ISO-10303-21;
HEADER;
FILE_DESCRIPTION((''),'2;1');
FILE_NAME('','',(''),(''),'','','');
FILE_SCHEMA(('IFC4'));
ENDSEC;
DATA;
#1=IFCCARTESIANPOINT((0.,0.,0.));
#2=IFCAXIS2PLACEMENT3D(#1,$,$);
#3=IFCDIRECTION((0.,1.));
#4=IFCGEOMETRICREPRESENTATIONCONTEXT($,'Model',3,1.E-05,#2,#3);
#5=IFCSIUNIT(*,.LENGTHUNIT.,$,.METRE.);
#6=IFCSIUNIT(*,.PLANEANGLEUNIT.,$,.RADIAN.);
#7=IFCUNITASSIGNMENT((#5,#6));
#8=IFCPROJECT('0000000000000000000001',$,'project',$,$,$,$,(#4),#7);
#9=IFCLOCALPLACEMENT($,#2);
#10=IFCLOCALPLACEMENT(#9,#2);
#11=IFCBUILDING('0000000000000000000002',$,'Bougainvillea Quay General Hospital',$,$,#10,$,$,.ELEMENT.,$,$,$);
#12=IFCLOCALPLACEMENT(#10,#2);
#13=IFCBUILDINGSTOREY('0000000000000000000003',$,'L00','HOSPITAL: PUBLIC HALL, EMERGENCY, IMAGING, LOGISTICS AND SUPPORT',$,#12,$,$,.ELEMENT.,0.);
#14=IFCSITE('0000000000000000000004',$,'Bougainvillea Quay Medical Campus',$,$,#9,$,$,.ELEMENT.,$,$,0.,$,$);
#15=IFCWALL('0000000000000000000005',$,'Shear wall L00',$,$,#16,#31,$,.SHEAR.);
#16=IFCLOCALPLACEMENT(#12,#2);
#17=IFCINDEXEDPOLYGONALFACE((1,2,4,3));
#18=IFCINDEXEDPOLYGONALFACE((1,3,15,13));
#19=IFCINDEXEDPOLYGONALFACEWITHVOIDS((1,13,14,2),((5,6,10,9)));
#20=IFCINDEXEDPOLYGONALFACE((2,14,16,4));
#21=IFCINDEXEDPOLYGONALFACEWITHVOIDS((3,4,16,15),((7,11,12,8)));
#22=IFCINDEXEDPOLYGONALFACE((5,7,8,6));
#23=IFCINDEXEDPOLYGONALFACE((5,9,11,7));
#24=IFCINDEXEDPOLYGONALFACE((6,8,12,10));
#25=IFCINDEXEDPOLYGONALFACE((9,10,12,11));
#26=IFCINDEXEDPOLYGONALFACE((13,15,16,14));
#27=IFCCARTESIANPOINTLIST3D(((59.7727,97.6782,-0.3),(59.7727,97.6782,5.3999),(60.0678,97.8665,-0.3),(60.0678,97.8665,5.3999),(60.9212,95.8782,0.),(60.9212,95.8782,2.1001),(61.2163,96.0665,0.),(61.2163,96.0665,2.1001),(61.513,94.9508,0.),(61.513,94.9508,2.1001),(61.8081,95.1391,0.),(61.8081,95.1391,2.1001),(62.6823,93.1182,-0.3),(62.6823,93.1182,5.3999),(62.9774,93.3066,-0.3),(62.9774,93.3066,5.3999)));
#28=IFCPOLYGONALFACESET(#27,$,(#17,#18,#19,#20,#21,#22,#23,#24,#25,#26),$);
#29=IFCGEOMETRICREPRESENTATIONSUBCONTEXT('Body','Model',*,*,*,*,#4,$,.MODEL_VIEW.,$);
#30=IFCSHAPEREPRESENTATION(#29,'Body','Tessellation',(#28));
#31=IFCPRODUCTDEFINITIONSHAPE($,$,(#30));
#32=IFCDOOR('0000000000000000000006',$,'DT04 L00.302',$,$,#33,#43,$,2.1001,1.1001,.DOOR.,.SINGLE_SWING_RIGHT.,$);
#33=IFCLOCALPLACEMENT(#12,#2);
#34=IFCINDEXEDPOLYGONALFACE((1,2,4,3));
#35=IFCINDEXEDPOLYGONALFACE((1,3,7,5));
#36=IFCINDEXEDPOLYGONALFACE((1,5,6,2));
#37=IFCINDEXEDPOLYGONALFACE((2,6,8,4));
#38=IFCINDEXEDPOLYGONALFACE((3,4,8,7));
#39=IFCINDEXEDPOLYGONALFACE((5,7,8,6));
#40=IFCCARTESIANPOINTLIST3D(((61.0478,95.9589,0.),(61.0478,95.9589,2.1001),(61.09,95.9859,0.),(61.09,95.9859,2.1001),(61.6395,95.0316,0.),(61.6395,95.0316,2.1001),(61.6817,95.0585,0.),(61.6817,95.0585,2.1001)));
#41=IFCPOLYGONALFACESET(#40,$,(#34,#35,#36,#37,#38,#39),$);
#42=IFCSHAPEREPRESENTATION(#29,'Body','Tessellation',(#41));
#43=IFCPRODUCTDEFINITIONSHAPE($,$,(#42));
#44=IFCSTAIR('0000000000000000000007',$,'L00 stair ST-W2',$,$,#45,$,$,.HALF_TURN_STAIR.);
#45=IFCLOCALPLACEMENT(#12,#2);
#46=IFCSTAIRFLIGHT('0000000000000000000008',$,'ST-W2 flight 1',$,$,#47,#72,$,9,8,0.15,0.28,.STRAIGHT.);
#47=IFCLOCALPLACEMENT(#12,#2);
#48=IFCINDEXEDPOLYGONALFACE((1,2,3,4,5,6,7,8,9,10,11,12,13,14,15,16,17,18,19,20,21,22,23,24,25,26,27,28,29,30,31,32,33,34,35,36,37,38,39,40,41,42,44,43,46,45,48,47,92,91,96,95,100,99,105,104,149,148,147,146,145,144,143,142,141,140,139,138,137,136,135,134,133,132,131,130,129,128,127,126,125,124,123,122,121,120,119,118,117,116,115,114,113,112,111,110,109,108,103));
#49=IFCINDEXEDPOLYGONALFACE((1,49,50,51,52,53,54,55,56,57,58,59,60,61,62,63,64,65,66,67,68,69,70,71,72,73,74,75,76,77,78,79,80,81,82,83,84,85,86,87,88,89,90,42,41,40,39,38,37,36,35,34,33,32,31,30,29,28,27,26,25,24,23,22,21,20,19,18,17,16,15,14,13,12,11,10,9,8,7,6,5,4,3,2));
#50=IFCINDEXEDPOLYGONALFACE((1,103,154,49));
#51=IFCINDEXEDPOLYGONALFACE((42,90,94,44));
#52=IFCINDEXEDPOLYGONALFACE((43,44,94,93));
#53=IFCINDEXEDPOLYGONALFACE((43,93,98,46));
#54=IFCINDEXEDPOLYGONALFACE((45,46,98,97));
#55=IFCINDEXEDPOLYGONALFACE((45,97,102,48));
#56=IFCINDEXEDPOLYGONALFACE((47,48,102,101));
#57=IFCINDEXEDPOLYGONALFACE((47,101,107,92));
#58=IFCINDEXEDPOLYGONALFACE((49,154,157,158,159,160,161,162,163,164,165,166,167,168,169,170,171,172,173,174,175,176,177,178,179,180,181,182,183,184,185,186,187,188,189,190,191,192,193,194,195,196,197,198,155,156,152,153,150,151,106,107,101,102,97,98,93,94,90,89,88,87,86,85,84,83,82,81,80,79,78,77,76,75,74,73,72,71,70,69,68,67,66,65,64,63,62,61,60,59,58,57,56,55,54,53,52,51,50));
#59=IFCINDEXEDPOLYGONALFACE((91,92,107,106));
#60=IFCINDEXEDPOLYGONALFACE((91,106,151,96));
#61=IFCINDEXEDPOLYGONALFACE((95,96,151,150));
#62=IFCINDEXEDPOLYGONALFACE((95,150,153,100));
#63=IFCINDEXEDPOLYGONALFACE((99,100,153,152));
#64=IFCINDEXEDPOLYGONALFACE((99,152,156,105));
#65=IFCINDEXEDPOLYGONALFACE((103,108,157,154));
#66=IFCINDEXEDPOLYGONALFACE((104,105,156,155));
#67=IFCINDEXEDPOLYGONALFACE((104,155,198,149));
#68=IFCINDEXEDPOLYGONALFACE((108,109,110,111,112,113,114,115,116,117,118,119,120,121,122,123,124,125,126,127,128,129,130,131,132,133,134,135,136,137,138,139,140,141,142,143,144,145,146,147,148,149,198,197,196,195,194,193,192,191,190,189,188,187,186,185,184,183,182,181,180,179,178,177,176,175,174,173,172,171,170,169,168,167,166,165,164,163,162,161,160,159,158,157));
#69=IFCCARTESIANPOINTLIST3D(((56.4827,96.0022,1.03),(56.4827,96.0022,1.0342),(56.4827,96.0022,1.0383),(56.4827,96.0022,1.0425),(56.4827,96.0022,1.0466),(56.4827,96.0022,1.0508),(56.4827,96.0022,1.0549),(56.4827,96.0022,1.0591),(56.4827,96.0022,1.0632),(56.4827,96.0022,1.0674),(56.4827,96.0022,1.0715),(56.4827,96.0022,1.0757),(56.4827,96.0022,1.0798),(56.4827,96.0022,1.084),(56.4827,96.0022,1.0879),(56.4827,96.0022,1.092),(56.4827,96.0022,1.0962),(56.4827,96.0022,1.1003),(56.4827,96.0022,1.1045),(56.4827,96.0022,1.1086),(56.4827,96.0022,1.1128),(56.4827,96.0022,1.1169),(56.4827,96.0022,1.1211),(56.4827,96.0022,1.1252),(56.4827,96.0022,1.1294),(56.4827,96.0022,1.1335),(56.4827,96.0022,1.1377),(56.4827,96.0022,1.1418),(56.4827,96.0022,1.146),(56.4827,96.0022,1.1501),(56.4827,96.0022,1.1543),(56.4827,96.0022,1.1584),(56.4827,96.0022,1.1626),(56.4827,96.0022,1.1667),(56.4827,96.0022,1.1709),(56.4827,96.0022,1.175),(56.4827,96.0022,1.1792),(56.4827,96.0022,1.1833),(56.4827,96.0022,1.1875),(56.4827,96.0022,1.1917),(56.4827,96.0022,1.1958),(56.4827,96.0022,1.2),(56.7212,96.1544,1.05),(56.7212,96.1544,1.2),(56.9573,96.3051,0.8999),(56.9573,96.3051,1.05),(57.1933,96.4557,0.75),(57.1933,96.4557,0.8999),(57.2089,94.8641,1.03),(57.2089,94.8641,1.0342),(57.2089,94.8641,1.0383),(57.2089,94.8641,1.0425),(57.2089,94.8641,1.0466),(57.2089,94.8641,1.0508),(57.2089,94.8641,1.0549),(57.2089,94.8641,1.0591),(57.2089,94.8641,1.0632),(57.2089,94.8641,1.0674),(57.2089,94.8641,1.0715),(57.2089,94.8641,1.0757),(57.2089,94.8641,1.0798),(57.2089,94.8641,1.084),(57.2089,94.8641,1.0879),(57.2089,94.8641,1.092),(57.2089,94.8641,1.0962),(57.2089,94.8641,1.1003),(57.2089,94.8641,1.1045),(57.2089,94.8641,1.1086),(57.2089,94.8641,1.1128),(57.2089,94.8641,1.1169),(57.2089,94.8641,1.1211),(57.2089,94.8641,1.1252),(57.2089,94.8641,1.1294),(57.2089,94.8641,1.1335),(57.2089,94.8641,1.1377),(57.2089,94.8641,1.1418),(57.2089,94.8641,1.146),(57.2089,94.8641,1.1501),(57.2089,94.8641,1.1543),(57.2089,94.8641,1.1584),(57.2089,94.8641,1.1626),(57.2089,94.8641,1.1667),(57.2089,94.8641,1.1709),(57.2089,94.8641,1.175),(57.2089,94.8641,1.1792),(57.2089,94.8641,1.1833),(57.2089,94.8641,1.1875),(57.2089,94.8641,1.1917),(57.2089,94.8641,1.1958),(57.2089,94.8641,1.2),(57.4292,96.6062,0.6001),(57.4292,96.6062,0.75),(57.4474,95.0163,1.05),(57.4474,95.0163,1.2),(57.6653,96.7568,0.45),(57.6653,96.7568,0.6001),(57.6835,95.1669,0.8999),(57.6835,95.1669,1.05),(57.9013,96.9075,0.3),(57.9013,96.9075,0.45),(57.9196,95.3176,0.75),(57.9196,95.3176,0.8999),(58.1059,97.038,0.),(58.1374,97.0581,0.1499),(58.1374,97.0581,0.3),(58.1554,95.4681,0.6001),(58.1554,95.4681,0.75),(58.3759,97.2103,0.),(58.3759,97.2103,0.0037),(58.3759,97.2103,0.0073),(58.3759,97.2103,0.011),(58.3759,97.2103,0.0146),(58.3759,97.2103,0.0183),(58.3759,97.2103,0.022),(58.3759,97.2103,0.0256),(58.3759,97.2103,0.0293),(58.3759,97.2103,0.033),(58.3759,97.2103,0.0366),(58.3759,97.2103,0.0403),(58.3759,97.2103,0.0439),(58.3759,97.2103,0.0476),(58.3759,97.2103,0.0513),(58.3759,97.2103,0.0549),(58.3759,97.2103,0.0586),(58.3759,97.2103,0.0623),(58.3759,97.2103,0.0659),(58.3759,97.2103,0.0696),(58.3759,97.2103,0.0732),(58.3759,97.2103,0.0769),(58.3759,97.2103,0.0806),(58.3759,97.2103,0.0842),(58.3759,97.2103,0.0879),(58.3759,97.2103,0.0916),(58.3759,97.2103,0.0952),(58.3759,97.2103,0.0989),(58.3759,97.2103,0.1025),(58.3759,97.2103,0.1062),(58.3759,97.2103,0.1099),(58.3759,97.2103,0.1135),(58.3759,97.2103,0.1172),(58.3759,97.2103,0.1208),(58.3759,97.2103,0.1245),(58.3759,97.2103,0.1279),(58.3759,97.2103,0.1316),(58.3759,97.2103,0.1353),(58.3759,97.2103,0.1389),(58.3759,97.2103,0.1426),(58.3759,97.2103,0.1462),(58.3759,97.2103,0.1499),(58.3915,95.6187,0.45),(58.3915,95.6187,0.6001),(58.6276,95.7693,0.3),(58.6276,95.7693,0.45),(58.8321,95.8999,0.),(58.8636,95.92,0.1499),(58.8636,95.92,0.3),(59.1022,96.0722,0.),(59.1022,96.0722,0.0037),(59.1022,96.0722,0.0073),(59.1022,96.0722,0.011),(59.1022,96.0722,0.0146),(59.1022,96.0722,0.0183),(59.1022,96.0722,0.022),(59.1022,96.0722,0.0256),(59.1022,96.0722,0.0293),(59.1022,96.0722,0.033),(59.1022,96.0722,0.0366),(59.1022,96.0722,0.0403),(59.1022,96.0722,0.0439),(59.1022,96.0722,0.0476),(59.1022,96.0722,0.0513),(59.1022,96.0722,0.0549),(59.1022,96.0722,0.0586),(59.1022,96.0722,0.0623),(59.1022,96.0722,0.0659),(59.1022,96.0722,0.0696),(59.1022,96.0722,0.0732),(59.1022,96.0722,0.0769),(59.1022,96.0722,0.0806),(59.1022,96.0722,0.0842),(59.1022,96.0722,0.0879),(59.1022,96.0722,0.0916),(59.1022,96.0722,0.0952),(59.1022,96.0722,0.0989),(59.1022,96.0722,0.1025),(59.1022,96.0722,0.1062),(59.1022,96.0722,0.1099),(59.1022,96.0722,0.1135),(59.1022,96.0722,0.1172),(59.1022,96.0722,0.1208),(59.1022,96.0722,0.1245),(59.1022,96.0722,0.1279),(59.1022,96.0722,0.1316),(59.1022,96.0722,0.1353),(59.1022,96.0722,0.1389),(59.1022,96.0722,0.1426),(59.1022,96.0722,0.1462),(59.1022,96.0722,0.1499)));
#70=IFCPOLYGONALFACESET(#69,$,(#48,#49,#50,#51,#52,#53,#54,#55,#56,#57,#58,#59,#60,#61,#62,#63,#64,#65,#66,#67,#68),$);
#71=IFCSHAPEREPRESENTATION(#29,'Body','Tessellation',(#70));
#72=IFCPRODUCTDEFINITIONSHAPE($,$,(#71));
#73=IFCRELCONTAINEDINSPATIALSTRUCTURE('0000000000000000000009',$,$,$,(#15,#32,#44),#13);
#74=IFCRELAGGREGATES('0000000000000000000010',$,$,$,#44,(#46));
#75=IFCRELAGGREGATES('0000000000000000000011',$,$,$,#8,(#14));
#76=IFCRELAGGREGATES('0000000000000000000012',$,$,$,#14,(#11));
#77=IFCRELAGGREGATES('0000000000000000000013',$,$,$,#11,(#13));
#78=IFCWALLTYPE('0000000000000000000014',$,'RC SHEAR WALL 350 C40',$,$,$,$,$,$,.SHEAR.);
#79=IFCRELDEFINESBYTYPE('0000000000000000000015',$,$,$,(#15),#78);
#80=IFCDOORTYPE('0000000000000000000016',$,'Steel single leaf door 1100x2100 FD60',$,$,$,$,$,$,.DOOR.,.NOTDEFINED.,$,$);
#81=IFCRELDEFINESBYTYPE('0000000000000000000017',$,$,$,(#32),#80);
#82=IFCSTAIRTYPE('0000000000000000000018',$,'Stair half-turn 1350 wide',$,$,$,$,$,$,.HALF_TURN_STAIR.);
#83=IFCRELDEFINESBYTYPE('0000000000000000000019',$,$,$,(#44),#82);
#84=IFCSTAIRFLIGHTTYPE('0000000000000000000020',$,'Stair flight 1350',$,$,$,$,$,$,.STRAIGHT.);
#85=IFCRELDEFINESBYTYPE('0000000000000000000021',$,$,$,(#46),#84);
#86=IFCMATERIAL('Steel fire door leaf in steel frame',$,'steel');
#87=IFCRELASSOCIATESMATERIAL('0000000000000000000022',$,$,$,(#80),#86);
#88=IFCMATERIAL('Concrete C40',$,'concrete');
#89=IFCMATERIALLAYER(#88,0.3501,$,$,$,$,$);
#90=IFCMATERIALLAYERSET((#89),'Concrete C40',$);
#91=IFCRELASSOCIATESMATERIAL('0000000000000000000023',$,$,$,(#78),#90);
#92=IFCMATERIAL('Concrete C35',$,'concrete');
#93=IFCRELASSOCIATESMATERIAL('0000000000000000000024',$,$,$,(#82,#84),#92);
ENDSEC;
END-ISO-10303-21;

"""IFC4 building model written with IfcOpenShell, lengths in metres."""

from ifc_helpers import new_model, si_unit, direction, frame, frame_2d, origin, place, context, subcontext, project, spatial, polyline, rectangle, outline, extrude, material, layer, layer_set, type_object, element, fill, aggregate, save


model = new_model("IFC4")

# Units and contexts
model_context = context("Model", 3, precision=1e-05, world=origin(), true_north=direction((0.0, 1.0)))
body_context = subcontext(model_context, "Body", "Model", "MODEL_VIEW")
ifc_project = project(units=[si_unit("LENGTHUNIT", "METRE"), si_unit("PLANEANGLEUNIT", "RADIAN")], contexts=[model_context])

# Site, building, storey
site_placement = place(None, origin())
site = spatial("IfcSite", under=ifc_project, at=site_placement, Name="Bougainvillea Quay Medical Campus", CompositionType="ELEMENT", RefElevation=0.0)
building_placement = place(site_placement, origin())
building = spatial("IfcBuilding", under=site, at=building_placement, Name="Bougainvillea Quay General Hospital", CompositionType="ELEMENT")
storey_placement = place(building_placement, origin())
storey = spatial("IfcBuildingStorey", under=building, at=storey_placement, Name="L00", Description="HOSPITAL: PUBLIC HALL, EMERGENCY, IMAGING, LOGISTICS AND SUPPORT", CompositionType="ELEMENT", Elevation=0.0)

# Shared definitions
ifc_material_1 = material(Name="Steel fire door leaf in steel frame", Category="steel")
door_type_1 = type_object("IfcDoorType", Name="Steel single leaf door 1100x2100 FD60", OperationType="NOTDEFINED", PredefinedType="DOOR", material=ifc_material_1)

# Wall, opening, door
ifc_material_2 = material(Name="Concrete C40", Category="concrete")
ifc_layer_1 = layer(ifc_material_2, 0.3501)
ifc_layer_set_1 = layer_set([ifc_layer_1], Name="Concrete C40")
wall_type_1 = type_object("IfcWallType", Name="RC SHEAR WALL 350 C40", PredefinedType="SHEAR", material=ifc_layer_set_1)
wall_1_placement = place(storey_placement, frame((62.8298, 93.2124, -0.3), z_axis=(0.0, 0.0, 1.0), x_axis=(-0.537903, 0.843007, 0.0)))
wall_1 = element("IfcWall", 1, at=wall_1_placement, inside=storey, type_object=wall_type_1, Name="Shear wall L00", PredefinedType="SHEAR", context=body_context, shape_type="SweptSolid", body=[
    extrude(rectangle(XDim=5.4092, YDim=0.3501, at=frame_2d((2.7046, 0.0))), origin(), (0.0, 0.0, 1.0), 5.7),
])
opening_1_placement = place(wall_1_placement, frame((2.1738, 0.0, 0.3)))
opening_1 = element("IfcOpeningElement", 2, at=opening_1_placement, cuts=wall_1, PredefinedType="OPENING", context=body_context, shape_type="SweptSolid", body=[
    extrude(rectangle(XDim=1.1001, YDim=2.1001, at=frame_2d((0.55, 1.05))), frame((0.0, 0.1851, 0.0), z_axis=(0.0, -1.0, 0.0), x_axis=(1.0, 0.0, 0.0)), (0.0, 0.0, 1.0), 0.3701),
])
door_1_placement = place(opening_1_placement, origin())
door_1 = element("IfcDoor", 3, at=door_1_placement, inside=storey, type_object=door_type_1, Name="DT04 L00.302", OperationType="SINGLE_SWING_RIGHT", OverallHeight=2.1001, OverallWidth=1.1001, PredefinedType="DOOR", context=body_context, shape_type="SweptSolid", body=[
    extrude(rectangle(XDim=1.1001, YDim=2.1001, at=frame_2d((0.55, 1.05))), frame((0.0, 0.0249, 0.0), z_axis=(0.0, -1.0, 0.0), x_axis=(1.0, 0.0, 0.0)), (0.0, 0.0, 1.0), 0.05),
])
fill(opening_1, door_1)

# Stair, stair flight
ifc_material_3 = material(Name="Concrete C35", Category="concrete")
stair_type = type_object("IfcStairType", Name="Stair half-turn 1350 wide", PredefinedType="HALF_TURN_STAIR", material=ifc_material_3)
stair_placement = place(storey_placement, origin())
stair = element("IfcStair", 4, at=stair_placement, inside=storey, type_object=stair_type, Name="L00 stair ST-W2", PredefinedType="HALF_TURN_STAIR")
stair_flight_type = type_object("IfcStairFlightType", Name="Stair flight 1350", PredefinedType="STRAIGHT", material=ifc_material_3)
stair_flight_1_placement = place(storey_placement, frame((58.7366, 96.6396, 0.0), z_axis=(0.0, 0.0, 1.0), x_axis=(-0.842999, -0.537915, 0.0)))
stair_flight_1 = element("IfcStairFlight", 5, at=stair_flight_1_placement, type_object=stair_flight_type, Name="ST-W2 flight 1", NumberOfRisers=9, NumberOfTreads=8, PredefinedType="STRAIGHT", RiserHeight=0.15, TreadLength=0.28, context=body_context, shape_type="SweptSolid", body=[
    extrude(outline(polyline([(-0.0029, 0.0), (-0.0029, 0.0037), (-0.0029, 0.0073), (-0.0029, 0.011), (-0.0029, 0.0146), (-0.0029, 0.0183), (-0.0029, 0.022), (-0.0029, 0.0256), (-0.0029, 0.0293), (-0.0029, 0.033), (-0.0029, 0.0366), (-0.0029, 0.0403), (-0.0029, 0.0439), (-0.0029, 0.0476), (-0.0029, 0.0513), (-0.0029, 0.0549), (-0.0029, 0.0586), (-0.0029, 0.0623), (-0.0029, 0.0659), (-0.0029, 0.0696), (-0.0029, 0.0732), (-0.0029, 0.0769), (-0.0029, 0.0806), (-0.0029, 0.0842), (-0.0029, 0.0879), (-0.0029, 0.0916), (-0.0029, 0.0952), (-0.0029, 0.0989), (-0.0029, 0.1025), (-0.0029, 0.1062), (-0.0029, 0.1099), (-0.0029, 0.1135), (-0.0029, 0.1172), (-0.0029, 0.1208), (-0.0029, 0.1245), (-0.0029, 0.1279), (-0.0029, 0.1316), (-0.0029, 0.1353), (-0.0029, 0.1389), (-0.0029, 0.1426), (-0.0029, 0.1462), (-0.0029, 0.1499), (0.28, 0.1499), (0.28, 0.3), (0.5601, 0.3), (0.5601, 0.45), (0.8401, 0.45), (0.8401, 0.6001), (1.1201, 0.6001), (1.1201, 0.75), (1.3999, 0.75), (1.3999, 0.8999), (1.6799, 0.8999), (1.6799, 1.05), (1.96, 1.05), (1.96, 1.2), (2.2429, 1.2), (2.2429, 1.1958), (2.2429, 1.1917), (2.2429, 1.1875), (2.2429, 1.1833), (2.2429, 1.1792), (2.2429, 1.175), (2.2429, 1.1709), (2.2429, 1.1667), (2.2429, 1.1626), (2.2429, 1.1584), (2.2429, 1.1543), (2.2429, 1.1501), (2.2429, 1.146), (2.2429, 1.1418), (2.2429, 1.1377), (2.2429, 1.1335), (2.2429, 1.1294), (2.2429, 1.1252), (2.2429, 1.1211), (2.2429, 1.1169), (2.2429, 1.1128), (2.2429, 1.1086), (2.2429, 1.1045), (2.2429, 1.1003), (2.2429, 1.0962), (2.2429, 1.092), (2.2429, 1.0879), (2.2429, 1.084), (2.2429, 1.0798), (2.2429, 1.0757), (2.2429, 1.0715), (2.2429, 1.0674), (2.2429, 1.0632), (2.2429, 1.0591), (2.2429, 1.0549), (2.2429, 1.0508), (2.2429, 1.0466), (2.2429, 1.0425), (2.2429, 1.0383), (2.2429, 1.0342), (2.2429, 1.03), (0.3174, 0.0), (-0.0029, 0.0)])), frame((0.0, 0.675, 0.0), z_axis=(0.0, -1.0, 0.0), x_axis=(1.0, 0.0, 0.0)), (0.0, 0.0, 1.0), 1.3501),
])
aggregate(stair, [stair_flight_1])

save(model, "model.ifc")
